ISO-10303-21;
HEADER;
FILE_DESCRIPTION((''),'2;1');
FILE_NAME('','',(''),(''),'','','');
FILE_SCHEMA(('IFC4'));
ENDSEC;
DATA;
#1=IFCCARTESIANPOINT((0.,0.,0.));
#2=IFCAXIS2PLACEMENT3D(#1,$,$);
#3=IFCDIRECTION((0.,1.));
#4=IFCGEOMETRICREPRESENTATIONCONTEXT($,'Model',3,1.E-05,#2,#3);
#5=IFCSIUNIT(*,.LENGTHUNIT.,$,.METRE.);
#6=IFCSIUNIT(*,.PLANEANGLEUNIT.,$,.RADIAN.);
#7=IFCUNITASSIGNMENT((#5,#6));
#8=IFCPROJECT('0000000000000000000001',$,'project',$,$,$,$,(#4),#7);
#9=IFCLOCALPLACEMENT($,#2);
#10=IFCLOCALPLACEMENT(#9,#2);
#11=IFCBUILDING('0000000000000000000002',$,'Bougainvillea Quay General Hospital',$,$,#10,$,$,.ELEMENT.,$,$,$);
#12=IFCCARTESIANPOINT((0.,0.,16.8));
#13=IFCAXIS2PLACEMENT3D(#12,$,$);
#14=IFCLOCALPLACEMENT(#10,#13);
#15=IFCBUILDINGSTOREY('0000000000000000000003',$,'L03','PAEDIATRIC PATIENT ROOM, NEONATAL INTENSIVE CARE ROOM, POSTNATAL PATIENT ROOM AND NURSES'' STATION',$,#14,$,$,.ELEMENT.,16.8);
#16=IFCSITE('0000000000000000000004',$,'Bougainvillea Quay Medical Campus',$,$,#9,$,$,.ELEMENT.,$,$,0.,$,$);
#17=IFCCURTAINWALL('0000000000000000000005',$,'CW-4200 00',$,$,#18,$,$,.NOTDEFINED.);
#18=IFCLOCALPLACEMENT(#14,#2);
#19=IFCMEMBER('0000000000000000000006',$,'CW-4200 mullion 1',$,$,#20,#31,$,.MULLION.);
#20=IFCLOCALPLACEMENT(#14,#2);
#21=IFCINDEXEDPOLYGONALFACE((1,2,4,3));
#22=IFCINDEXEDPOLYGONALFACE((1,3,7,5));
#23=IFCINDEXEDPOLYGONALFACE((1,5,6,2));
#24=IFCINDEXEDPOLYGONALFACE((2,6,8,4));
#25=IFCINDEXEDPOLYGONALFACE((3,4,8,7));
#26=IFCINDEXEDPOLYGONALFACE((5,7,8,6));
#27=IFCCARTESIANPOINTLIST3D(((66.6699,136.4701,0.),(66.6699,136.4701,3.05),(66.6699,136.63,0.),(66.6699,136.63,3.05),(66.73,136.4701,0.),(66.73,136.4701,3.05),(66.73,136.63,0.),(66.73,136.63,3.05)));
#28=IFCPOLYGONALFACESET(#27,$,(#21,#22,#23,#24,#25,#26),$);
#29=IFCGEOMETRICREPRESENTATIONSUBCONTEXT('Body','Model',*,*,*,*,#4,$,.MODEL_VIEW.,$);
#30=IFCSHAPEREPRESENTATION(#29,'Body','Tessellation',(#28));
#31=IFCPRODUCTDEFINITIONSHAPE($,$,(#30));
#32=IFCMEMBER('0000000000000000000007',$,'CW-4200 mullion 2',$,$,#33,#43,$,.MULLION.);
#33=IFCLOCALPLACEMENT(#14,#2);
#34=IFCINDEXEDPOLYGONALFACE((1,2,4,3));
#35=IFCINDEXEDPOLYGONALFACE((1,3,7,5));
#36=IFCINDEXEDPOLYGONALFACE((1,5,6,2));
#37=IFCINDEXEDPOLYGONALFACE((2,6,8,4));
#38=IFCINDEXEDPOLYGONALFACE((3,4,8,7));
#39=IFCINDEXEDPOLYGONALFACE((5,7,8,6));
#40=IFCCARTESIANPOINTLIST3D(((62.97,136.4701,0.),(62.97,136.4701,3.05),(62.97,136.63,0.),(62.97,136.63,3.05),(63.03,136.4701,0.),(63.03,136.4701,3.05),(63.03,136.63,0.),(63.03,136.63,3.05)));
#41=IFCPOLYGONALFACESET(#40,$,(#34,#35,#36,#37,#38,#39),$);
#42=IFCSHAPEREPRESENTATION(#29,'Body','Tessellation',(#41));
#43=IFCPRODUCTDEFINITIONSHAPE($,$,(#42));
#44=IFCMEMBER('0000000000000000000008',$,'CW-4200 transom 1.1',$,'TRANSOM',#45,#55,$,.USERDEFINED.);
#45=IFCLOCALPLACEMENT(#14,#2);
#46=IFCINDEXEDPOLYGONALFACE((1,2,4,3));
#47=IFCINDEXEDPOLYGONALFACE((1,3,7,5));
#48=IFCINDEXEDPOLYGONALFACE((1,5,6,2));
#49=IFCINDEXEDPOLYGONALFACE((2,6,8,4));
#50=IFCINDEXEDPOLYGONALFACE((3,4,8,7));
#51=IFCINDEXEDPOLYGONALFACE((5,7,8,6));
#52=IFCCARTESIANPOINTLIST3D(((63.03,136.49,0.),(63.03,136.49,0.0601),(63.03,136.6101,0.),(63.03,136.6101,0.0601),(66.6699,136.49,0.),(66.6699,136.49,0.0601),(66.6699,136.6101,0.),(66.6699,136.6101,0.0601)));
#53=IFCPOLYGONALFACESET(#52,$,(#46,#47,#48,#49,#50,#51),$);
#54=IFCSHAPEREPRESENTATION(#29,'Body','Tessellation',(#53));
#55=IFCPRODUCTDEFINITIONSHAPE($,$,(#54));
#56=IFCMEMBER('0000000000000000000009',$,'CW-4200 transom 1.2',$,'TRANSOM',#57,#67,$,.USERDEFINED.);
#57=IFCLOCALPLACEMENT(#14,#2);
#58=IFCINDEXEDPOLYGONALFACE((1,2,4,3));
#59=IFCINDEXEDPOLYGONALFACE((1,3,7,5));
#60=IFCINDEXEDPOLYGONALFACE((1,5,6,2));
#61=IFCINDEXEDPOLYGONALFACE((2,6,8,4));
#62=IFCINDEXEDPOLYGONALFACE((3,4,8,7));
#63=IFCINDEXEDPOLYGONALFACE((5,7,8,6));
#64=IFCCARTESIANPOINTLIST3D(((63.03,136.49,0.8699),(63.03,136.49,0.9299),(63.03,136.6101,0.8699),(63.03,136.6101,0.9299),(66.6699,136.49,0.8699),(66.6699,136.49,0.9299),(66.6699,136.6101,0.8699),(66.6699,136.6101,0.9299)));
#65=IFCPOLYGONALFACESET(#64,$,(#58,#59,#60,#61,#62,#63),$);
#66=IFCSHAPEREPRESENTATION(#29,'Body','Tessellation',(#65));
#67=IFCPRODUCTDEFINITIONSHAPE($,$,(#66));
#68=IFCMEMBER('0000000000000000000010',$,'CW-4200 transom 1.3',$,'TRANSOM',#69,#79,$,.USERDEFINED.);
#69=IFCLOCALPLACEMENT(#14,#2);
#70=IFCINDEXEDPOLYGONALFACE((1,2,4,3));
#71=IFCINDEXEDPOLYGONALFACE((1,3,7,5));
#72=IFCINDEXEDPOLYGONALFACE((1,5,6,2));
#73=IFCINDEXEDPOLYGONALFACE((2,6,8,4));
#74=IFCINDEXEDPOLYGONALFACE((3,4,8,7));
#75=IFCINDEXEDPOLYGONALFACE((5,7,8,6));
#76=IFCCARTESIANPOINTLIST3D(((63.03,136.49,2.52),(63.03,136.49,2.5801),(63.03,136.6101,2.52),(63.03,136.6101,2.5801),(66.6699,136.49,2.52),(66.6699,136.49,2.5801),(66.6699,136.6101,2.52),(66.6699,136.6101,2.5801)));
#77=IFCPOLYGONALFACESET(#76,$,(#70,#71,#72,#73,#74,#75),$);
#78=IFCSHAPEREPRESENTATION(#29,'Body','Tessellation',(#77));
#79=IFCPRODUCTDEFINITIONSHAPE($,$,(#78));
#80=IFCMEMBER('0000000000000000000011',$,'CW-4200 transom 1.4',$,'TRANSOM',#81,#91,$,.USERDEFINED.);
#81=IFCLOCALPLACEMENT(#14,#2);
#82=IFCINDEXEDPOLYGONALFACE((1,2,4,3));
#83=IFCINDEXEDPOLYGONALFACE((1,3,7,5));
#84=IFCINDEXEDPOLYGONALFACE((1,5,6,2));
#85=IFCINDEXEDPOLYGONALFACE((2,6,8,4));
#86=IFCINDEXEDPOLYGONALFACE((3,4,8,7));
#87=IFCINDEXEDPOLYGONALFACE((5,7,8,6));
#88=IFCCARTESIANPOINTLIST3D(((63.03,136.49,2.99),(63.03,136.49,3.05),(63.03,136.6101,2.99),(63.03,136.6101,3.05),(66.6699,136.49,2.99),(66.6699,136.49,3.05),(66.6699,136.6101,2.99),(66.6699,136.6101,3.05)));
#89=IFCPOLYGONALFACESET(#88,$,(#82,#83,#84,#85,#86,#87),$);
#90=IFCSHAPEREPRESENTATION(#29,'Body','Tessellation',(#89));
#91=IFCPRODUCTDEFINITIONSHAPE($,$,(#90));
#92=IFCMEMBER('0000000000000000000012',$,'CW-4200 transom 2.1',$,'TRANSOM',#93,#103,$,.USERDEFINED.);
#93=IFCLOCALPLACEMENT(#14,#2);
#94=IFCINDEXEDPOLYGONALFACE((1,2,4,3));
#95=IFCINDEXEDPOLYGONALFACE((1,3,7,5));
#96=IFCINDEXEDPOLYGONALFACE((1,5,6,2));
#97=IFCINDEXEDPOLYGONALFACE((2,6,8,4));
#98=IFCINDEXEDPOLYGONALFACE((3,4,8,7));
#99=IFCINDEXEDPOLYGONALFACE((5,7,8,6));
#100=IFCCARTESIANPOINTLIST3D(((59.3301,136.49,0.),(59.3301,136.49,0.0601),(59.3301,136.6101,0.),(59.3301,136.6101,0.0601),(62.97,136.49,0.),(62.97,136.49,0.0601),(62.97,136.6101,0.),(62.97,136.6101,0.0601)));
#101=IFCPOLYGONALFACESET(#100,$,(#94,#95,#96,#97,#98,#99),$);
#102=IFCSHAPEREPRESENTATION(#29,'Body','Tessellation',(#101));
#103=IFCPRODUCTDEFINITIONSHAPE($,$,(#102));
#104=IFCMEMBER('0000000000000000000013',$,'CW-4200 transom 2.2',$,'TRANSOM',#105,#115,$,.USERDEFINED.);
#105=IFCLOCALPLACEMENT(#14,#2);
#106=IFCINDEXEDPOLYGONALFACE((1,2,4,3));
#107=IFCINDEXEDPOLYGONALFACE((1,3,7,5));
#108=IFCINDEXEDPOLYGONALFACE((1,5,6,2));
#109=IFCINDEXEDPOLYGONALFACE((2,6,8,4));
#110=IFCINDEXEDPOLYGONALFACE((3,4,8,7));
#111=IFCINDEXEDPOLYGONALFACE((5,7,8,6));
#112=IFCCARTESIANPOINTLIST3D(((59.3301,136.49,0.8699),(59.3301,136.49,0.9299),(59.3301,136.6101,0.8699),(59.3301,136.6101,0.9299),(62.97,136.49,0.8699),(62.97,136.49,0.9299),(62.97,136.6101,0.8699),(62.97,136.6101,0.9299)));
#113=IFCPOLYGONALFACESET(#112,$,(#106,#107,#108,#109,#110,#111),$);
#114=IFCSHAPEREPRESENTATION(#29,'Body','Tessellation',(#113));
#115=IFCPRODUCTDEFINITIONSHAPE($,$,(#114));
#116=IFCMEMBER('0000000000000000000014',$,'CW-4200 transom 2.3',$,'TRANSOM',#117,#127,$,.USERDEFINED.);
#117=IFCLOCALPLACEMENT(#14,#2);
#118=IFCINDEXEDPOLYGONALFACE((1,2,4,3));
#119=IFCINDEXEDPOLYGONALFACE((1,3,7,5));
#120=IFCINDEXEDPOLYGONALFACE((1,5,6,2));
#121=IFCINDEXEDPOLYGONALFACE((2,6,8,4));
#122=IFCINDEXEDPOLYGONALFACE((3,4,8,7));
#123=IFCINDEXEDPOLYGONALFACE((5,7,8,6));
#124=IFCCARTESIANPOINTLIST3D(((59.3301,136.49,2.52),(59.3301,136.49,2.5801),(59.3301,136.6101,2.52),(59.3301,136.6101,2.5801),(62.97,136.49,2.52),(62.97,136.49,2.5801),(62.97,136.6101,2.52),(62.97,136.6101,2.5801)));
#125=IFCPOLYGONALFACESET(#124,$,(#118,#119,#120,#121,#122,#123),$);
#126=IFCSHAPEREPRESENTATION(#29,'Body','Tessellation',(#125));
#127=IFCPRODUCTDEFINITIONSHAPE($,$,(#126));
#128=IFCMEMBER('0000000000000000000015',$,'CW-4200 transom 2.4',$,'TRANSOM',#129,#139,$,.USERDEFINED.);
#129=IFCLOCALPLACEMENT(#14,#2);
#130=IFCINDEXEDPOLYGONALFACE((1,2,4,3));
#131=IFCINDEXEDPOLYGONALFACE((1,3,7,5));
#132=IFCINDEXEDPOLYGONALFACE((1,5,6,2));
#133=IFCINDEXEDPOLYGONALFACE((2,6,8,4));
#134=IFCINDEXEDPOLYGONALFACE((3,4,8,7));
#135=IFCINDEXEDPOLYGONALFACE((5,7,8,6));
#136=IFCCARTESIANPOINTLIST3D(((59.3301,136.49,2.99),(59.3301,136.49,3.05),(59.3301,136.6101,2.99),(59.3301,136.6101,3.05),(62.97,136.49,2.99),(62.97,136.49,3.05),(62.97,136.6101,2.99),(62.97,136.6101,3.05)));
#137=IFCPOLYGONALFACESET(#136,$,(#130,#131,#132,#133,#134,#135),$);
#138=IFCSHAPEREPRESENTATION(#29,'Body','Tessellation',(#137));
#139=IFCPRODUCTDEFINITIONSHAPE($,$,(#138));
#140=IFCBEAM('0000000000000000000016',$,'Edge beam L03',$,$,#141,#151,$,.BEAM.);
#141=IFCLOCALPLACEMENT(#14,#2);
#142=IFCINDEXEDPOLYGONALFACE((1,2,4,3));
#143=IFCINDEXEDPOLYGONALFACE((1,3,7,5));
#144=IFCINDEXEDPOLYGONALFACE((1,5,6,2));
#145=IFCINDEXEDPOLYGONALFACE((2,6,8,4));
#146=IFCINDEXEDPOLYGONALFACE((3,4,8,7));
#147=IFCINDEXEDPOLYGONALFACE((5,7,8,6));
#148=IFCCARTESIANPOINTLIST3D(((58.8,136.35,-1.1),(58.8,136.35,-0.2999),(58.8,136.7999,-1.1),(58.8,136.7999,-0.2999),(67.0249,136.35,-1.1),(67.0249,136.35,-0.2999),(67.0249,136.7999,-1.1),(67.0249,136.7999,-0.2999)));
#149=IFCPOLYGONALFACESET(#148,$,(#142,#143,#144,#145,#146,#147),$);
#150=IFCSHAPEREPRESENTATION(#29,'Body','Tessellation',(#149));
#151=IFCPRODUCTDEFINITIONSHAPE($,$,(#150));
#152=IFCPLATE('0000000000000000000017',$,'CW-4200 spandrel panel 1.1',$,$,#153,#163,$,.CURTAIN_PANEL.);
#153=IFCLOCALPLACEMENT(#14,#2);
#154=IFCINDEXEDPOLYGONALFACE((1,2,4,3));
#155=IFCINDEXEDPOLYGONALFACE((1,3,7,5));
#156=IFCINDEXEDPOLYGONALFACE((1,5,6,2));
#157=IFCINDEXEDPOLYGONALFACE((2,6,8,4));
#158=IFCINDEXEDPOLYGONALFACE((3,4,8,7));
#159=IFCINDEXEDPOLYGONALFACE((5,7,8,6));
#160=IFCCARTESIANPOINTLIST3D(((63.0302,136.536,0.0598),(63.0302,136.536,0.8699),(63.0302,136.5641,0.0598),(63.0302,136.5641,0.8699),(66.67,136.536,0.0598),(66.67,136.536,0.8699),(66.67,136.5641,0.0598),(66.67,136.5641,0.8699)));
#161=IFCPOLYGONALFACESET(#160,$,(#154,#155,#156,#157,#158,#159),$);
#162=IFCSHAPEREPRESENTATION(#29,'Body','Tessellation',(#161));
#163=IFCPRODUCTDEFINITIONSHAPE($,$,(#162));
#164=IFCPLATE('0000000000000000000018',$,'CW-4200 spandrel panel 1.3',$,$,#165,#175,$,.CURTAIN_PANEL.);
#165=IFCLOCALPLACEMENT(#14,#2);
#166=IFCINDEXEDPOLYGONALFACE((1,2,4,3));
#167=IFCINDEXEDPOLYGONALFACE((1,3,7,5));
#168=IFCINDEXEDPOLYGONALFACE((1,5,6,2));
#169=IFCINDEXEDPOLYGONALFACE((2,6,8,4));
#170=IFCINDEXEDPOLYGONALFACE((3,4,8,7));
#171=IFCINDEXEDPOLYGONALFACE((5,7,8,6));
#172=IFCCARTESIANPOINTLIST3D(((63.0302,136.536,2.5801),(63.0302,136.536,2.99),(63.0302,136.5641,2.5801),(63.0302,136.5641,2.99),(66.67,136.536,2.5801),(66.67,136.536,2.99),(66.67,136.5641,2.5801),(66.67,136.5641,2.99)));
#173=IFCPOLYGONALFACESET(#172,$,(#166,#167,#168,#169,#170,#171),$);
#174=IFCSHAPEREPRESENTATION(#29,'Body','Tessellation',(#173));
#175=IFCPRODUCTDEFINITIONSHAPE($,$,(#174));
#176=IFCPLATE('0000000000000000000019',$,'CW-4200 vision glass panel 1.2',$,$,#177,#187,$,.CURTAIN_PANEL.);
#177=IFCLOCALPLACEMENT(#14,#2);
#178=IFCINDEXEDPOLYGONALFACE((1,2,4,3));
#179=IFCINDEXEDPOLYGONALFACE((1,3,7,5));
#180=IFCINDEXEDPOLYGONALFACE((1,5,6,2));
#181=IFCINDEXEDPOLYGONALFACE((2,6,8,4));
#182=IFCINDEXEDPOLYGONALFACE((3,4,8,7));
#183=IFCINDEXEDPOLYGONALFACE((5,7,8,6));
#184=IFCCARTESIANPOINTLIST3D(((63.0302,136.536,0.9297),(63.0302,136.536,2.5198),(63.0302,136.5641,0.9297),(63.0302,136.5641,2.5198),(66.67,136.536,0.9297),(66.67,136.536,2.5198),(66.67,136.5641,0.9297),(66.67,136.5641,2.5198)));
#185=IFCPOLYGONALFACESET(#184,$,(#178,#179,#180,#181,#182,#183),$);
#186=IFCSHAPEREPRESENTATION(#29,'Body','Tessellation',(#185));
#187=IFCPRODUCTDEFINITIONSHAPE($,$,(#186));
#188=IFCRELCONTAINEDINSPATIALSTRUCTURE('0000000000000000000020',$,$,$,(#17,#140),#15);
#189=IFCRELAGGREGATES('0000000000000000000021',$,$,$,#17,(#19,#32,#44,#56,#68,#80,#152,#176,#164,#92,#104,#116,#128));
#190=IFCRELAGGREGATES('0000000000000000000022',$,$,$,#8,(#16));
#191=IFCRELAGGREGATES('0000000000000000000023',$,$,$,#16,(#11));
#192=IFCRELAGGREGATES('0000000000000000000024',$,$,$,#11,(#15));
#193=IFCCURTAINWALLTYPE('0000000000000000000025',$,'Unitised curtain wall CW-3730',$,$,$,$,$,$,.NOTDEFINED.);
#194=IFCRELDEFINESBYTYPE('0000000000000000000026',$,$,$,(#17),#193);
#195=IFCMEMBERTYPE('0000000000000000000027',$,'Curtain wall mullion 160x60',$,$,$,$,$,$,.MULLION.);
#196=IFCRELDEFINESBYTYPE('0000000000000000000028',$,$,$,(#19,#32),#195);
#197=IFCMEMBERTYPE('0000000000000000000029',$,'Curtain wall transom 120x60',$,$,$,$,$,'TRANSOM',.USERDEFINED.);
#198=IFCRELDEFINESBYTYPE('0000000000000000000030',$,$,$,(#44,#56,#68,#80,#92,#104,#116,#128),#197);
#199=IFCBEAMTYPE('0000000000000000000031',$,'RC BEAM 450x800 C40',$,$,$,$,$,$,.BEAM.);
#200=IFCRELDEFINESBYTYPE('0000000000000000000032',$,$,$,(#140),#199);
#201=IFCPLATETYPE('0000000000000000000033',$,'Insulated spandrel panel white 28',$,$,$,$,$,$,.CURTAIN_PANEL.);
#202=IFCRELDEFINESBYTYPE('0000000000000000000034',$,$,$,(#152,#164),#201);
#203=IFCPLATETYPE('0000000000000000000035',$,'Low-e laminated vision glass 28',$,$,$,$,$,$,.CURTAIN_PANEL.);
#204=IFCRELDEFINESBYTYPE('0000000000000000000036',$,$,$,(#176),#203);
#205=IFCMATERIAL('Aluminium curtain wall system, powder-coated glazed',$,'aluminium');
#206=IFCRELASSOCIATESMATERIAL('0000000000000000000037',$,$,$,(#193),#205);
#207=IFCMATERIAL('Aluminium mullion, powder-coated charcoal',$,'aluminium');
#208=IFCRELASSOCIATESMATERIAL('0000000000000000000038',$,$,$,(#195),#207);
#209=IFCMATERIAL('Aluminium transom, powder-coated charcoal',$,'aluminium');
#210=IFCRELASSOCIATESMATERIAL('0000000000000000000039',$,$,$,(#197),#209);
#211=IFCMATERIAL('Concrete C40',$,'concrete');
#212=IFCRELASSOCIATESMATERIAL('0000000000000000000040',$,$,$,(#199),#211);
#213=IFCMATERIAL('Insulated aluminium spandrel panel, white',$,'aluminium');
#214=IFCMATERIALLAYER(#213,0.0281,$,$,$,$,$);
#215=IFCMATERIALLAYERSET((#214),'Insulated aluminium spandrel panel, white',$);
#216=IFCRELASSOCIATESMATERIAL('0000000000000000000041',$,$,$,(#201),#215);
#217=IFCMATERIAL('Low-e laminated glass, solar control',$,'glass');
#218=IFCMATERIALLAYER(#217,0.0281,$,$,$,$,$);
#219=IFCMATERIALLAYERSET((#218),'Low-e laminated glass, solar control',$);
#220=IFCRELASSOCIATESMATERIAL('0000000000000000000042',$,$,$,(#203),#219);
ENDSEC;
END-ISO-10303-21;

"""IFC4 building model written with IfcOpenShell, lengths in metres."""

from ifc_helpers import new_model, si_unit, direction, frame, origin, origin_2d, place, context, subcontext, project, spatial, rectangle, extrude, material, layer, layer_set, material_profile, profile_set, type_object, element, aggregate, save


model = new_model("IFC4")

# Units and contexts
model_context = context("Model", 3, precision=1e-05, world=origin(), true_north=direction((0.0, 1.0)))
body_context = subcontext(model_context, "Body", "Model", "MODEL_VIEW")
ifc_project = project(units=[si_unit("LENGTHUNIT", "METRE"), si_unit("PLANEANGLEUNIT", "RADIAN")], contexts=[model_context])

# Site, building, storey
site_placement = place(None, origin())
site = spatial("IfcSite", under=ifc_project, at=site_placement, Name="Bougainvillea Quay Medical Campus", CompositionType="ELEMENT", RefElevation=0.0)
building_placement = place(site_placement, origin())
building = spatial("IfcBuilding", under=site, at=building_placement, Name="Bougainvillea Quay General Hospital", CompositionType="ELEMENT")
storey_placement = place(building_placement, frame((0.0, 0.0, 16.8)))
storey = spatial("IfcBuildingStorey", under=building, at=storey_placement, Name="L03", Description="PAEDIATRIC PATIENT ROOM, NEONATAL INTENSIVE CARE ROOM, POSTNATAL PATIENT ROOM AND NURSES' STATION", CompositionType="ELEMENT", Elevation=16.8)

# Curtain wall, members
ifc_material_1 = material(Name="Aluminium curtain wall system, powder-coated glazed", Category="aluminium")
curtain_wall_type = type_object("IfcCurtainWallType", Name="Unitised curtain wall CW-3730", PredefinedType="NOTDEFINED", material=ifc_material_1)
curtain_wall_placement = place(storey_placement, origin())
curtain_wall = element("IfcCurtainWall", 1, at=curtain_wall_placement, inside=storey, type_object=curtain_wall_type, Name="CW-4200 00", PredefinedType="NOTDEFINED")
ifc_material_2 = material(Name="Aluminium mullion, powder-coated charcoal", Category="aluminium")
ifc_material_profile_1 = material_profile(ifc_material_2, rectangle(XDim=0.1599, YDim=0.0601, at=origin_2d()))
ifc_profile_set_1 = profile_set([ifc_material_profile_1], Name="Aluminium mullion, powder-coated charcoal")
member_type_1 = type_object("IfcMemberType", Name="Curtain wall mullion 160x60", PredefinedType="MULLION", material=ifc_profile_set_1)
member_1_placement = place(storey_placement, frame((66.7, 136.55, 0.0), z_axis=(0.0, 0.0, 1.0), x_axis=(0.0, -1.0, 0.0)))
member_1 = element("IfcMember", 2, at=member_1_placement, type_object=member_type_1, Name="CW-4200 mullion 1", PredefinedType="MULLION", context=body_context, shape_type="SweptSolid", body=[
    extrude(rectangle(XDim=0.1599, YDim=0.0601, at=origin_2d()), origin(), (0.0, 0.0, 1.0), 3.05),
])
member_2_placement = place(storey_placement, frame((63.0, 136.55, 0.0), z_axis=(0.0, 0.0, 1.0), x_axis=(0.0, -1.0, 0.0)))
member_2 = element("IfcMember", 3, at=member_2_placement, type_object=member_type_1, Name="CW-4200 mullion 2", PredefinedType="MULLION", context=body_context, shape_type="SweptSolid", body=[
    extrude(rectangle(XDim=0.1599, YDim=0.0601, at=origin_2d()), origin(), (0.0, 0.0, 1.0), 3.05),
])
ifc_material_3 = material(Name="Aluminium transom, powder-coated charcoal", Category="aluminium")
ifc_material_profile_2 = material_profile(ifc_material_3, rectangle(XDim=0.1201, YDim=0.0601, at=origin_2d()))
ifc_profile_set_2 = profile_set([ifc_material_profile_2], Name="Aluminium transom, powder-coated charcoal")
member_type_2 = type_object("IfcMemberType", Name="Curtain wall transom 120x60", ElementType="TRANSOM", PredefinedType="USERDEFINED", material=ifc_profile_set_2)
member_3_placement = place(storey_placement, frame((66.6699, 136.55, 0.03), z_axis=(-1.0, 0.0, 0.0), x_axis=(0.0, -1.0, 0.0)))
member_3 = element("IfcMember", 4, at=member_3_placement, type_object=member_type_2, Name="CW-4200 transom 1.1", ObjectType="TRANSOM", PredefinedType="USERDEFINED", context=body_context, shape_type="SweptSolid", body=[
    extrude(rectangle(XDim=0.1201, YDim=0.0601, at=origin_2d()), origin(), (0.0, 0.0, 1.0), 3.6399),
])
member_4_placement = place(storey_placement, frame((66.6699, 136.55, 0.8999), z_axis=(-1.0, 0.0, 0.0), x_axis=(0.0, -1.0, 0.0)))
member_4 = element("IfcMember", 5, at=member_4_placement, type_object=member_type_2, Name="CW-4200 transom 1.2", ObjectType="TRANSOM", PredefinedType="USERDEFINED", context=body_context, shape_type="SweptSolid", body=[
    extrude(rectangle(XDim=0.1201, YDim=0.0601, at=origin_2d()), origin(), (0.0, 0.0, 1.0), 3.6399),
])
member_5_placement = place(storey_placement, frame((66.6699, 136.55, 2.55), z_axis=(-1.0, 0.0, 0.0), x_axis=(0.0, -1.0, 0.0)))
member_5 = element("IfcMember", 6, at=member_5_placement, type_object=member_type_2, Name="CW-4200 transom 1.3", ObjectType="TRANSOM", PredefinedType="USERDEFINED", context=body_context, shape_type="SweptSolid", body=[
    extrude(rectangle(XDim=0.1201, YDim=0.0601, at=origin_2d()), origin(), (0.0, 0.0, 1.0), 3.6399),
])
member_6_placement = place(storey_placement, frame((66.6699, 136.55, 3.02), z_axis=(-1.0, 0.0, 0.0), x_axis=(0.0, -1.0, 0.0)))
member_6 = element("IfcMember", 7, at=member_6_placement, type_object=member_type_2, Name="CW-4200 transom 1.4", ObjectType="TRANSOM", PredefinedType="USERDEFINED", context=body_context, shape_type="SweptSolid", body=[
    extrude(rectangle(XDim=0.1201, YDim=0.0601, at=origin_2d()), origin(), (0.0, 0.0, 1.0), 3.6399),
])
member_7_placement = place(storey_placement, frame((62.97, 136.55, 0.03), z_axis=(-1.0, 0.0, 0.0), x_axis=(0.0, -1.0, 0.0)))
member_7 = element("IfcMember", 8, at=member_7_placement, type_object=member_type_2, Name="CW-4200 transom 2.1", ObjectType="TRANSOM", PredefinedType="USERDEFINED", context=body_context, shape_type="SweptSolid", body=[
    extrude(rectangle(XDim=0.1201, YDim=0.0601, at=origin_2d()), origin(), (0.0, 0.0, 1.0), 3.6399),
])
member_8_placement = place(storey_placement, frame((62.97, 136.55, 0.8999), z_axis=(-1.0, 0.0, 0.0), x_axis=(0.0, -1.0, 0.0)))
member_8 = element("IfcMember", 9, at=member_8_placement, type_object=member_type_2, Name="CW-4200 transom 2.2", ObjectType="TRANSOM", PredefinedType="USERDEFINED", context=body_context, shape_type="SweptSolid", body=[
    extrude(rectangle(XDim=0.1201, YDim=0.0601, at=origin_2d()), origin(), (0.0, 0.0, 1.0), 3.6399),
])
member_9_placement = place(storey_placement, frame((62.97, 136.55, 2.55), z_axis=(-1.0, 0.0, 0.0), x_axis=(0.0, -1.0, 0.0)))
member_9 = element("IfcMember", 10, at=member_9_placement, type_object=member_type_2, Name="CW-4200 transom 2.3", ObjectType="TRANSOM", PredefinedType="USERDEFINED", context=body_context, shape_type="SweptSolid", body=[
    extrude(rectangle(XDim=0.1201, YDim=0.0601, at=origin_2d()), origin(), (0.0, 0.0, 1.0), 3.6399),
])
member_10_placement = place(storey_placement, frame((62.97, 136.55, 3.02), z_axis=(-1.0, 0.0, 0.0), x_axis=(0.0, -1.0, 0.0)))
member_10 = element("IfcMember", 11, at=member_10_placement, type_object=member_type_2, Name="CW-4200 transom 2.4", ObjectType="TRANSOM", PredefinedType="USERDEFINED", context=body_context, shape_type="SweptSolid", body=[
    extrude(rectangle(XDim=0.1201, YDim=0.0601, at=origin_2d()), origin(), (0.0, 0.0, 1.0), 3.6399),
])

# Beam
ifc_material_4 = material(Name="Concrete C40", Category="concrete")
ifc_material_profile_3 = material_profile(ifc_material_4, rectangle(XDim=0.45, YDim=0.8, at=origin_2d()))
ifc_profile_set_3 = profile_set([ifc_material_profile_3], Name="Concrete C40")
beam_type = type_object("IfcBeamType", Name="RC BEAM 450x800 C40", PredefinedType="BEAM", material=ifc_profile_set_3)
beam_placement = place(storey_placement, frame((67.0249, 136.575, -0.7), z_axis=(-1.0, 0.0, 0.0), x_axis=(0.0, -1.0, 0.0)))
element("IfcBeam", 12, at=beam_placement, inside=storey, type_object=beam_type, Name="Edge beam L03", PredefinedType="BEAM", context=body_context, shape_type="SweptSolid", body=[
    extrude(rectangle(XDim=0.45, YDim=0.8, at=origin_2d()), origin(), (0.0, 0.0, 1.0), 8.2249),
])

# Plates
ifc_material_5 = material(Name="Insulated aluminium spandrel panel, white", Category="aluminium")
ifc_layer_1 = layer(ifc_material_5, 0.0281)
ifc_layer_set_1 = layer_set([ifc_layer_1], Name="Insulated aluminium spandrel panel, white")
plate_type_1 = type_object("IfcPlateType", Name="Insulated spandrel panel white 28", PredefinedType="CURTAIN_PANEL", material=ifc_layer_set_1)
plate_1_placement = place(storey_placement, frame((64.8501, 136.55, 0.0598), z_axis=(0.0, 0.0, 1.0), x_axis=(-1.0, 0.0, 0.0)))
plate_1 = element("IfcPlate", 13, at=plate_1_placement, type_object=plate_type_1, Name="CW-4200 spandrel panel 1.1", PredefinedType="CURTAIN_PANEL", context=body_context, shape_type="SweptSolid", body=[
    extrude(rectangle(XDim=3.6399, YDim=0.0281, at=origin_2d()), origin(), (0.0, 0.0, 1.0), 0.8101),
])
plate_2_placement = place(storey_placement, frame((64.8501, 136.55, 2.5801), z_axis=(0.0, 0.0, 1.0), x_axis=(-1.0, 0.0, 0.0)))
plate_2 = element("IfcPlate", 14, at=plate_2_placement, type_object=plate_type_1, Name="CW-4200 spandrel panel 1.3", PredefinedType="CURTAIN_PANEL", context=body_context, shape_type="SweptSolid", body=[
    extrude(rectangle(XDim=3.6399, YDim=0.0281, at=origin_2d()), origin(), (0.0, 0.0, 1.0), 0.4099),
])
ifc_material_6 = material(Name="Low-e laminated glass, solar control", Category="glass")
ifc_layer_2 = layer(ifc_material_6, 0.0281)
ifc_layer_set_2 = layer_set([ifc_layer_2], Name="Low-e laminated glass, solar control")
plate_type_2 = type_object("IfcPlateType", Name="Low-e laminated vision glass 28", PredefinedType="CURTAIN_PANEL", material=ifc_layer_set_2)
plate_3_placement = place(storey_placement, frame((64.8501, 136.55, 0.9297), z_axis=(0.0, 0.0, 1.0), x_axis=(-1.0, 0.0, 0.0)))
plate_3 = element("IfcPlate", 15, at=plate_3_placement, type_object=plate_type_2, Name="CW-4200 vision glass panel 1.2", PredefinedType="CURTAIN_PANEL", context=body_context, shape_type="SweptSolid", body=[
    extrude(rectangle(XDim=3.6399, YDim=0.0281, at=origin_2d()), origin(), (0.0, 0.0, 1.0), 1.5901),
])
aggregate(curtain_wall, [member_1, member_2, member_3, member_4, member_5, member_6, plate_1, plate_3, plate_2, member_7, member_8, member_9, member_10])

save(model, "model.ifc")
